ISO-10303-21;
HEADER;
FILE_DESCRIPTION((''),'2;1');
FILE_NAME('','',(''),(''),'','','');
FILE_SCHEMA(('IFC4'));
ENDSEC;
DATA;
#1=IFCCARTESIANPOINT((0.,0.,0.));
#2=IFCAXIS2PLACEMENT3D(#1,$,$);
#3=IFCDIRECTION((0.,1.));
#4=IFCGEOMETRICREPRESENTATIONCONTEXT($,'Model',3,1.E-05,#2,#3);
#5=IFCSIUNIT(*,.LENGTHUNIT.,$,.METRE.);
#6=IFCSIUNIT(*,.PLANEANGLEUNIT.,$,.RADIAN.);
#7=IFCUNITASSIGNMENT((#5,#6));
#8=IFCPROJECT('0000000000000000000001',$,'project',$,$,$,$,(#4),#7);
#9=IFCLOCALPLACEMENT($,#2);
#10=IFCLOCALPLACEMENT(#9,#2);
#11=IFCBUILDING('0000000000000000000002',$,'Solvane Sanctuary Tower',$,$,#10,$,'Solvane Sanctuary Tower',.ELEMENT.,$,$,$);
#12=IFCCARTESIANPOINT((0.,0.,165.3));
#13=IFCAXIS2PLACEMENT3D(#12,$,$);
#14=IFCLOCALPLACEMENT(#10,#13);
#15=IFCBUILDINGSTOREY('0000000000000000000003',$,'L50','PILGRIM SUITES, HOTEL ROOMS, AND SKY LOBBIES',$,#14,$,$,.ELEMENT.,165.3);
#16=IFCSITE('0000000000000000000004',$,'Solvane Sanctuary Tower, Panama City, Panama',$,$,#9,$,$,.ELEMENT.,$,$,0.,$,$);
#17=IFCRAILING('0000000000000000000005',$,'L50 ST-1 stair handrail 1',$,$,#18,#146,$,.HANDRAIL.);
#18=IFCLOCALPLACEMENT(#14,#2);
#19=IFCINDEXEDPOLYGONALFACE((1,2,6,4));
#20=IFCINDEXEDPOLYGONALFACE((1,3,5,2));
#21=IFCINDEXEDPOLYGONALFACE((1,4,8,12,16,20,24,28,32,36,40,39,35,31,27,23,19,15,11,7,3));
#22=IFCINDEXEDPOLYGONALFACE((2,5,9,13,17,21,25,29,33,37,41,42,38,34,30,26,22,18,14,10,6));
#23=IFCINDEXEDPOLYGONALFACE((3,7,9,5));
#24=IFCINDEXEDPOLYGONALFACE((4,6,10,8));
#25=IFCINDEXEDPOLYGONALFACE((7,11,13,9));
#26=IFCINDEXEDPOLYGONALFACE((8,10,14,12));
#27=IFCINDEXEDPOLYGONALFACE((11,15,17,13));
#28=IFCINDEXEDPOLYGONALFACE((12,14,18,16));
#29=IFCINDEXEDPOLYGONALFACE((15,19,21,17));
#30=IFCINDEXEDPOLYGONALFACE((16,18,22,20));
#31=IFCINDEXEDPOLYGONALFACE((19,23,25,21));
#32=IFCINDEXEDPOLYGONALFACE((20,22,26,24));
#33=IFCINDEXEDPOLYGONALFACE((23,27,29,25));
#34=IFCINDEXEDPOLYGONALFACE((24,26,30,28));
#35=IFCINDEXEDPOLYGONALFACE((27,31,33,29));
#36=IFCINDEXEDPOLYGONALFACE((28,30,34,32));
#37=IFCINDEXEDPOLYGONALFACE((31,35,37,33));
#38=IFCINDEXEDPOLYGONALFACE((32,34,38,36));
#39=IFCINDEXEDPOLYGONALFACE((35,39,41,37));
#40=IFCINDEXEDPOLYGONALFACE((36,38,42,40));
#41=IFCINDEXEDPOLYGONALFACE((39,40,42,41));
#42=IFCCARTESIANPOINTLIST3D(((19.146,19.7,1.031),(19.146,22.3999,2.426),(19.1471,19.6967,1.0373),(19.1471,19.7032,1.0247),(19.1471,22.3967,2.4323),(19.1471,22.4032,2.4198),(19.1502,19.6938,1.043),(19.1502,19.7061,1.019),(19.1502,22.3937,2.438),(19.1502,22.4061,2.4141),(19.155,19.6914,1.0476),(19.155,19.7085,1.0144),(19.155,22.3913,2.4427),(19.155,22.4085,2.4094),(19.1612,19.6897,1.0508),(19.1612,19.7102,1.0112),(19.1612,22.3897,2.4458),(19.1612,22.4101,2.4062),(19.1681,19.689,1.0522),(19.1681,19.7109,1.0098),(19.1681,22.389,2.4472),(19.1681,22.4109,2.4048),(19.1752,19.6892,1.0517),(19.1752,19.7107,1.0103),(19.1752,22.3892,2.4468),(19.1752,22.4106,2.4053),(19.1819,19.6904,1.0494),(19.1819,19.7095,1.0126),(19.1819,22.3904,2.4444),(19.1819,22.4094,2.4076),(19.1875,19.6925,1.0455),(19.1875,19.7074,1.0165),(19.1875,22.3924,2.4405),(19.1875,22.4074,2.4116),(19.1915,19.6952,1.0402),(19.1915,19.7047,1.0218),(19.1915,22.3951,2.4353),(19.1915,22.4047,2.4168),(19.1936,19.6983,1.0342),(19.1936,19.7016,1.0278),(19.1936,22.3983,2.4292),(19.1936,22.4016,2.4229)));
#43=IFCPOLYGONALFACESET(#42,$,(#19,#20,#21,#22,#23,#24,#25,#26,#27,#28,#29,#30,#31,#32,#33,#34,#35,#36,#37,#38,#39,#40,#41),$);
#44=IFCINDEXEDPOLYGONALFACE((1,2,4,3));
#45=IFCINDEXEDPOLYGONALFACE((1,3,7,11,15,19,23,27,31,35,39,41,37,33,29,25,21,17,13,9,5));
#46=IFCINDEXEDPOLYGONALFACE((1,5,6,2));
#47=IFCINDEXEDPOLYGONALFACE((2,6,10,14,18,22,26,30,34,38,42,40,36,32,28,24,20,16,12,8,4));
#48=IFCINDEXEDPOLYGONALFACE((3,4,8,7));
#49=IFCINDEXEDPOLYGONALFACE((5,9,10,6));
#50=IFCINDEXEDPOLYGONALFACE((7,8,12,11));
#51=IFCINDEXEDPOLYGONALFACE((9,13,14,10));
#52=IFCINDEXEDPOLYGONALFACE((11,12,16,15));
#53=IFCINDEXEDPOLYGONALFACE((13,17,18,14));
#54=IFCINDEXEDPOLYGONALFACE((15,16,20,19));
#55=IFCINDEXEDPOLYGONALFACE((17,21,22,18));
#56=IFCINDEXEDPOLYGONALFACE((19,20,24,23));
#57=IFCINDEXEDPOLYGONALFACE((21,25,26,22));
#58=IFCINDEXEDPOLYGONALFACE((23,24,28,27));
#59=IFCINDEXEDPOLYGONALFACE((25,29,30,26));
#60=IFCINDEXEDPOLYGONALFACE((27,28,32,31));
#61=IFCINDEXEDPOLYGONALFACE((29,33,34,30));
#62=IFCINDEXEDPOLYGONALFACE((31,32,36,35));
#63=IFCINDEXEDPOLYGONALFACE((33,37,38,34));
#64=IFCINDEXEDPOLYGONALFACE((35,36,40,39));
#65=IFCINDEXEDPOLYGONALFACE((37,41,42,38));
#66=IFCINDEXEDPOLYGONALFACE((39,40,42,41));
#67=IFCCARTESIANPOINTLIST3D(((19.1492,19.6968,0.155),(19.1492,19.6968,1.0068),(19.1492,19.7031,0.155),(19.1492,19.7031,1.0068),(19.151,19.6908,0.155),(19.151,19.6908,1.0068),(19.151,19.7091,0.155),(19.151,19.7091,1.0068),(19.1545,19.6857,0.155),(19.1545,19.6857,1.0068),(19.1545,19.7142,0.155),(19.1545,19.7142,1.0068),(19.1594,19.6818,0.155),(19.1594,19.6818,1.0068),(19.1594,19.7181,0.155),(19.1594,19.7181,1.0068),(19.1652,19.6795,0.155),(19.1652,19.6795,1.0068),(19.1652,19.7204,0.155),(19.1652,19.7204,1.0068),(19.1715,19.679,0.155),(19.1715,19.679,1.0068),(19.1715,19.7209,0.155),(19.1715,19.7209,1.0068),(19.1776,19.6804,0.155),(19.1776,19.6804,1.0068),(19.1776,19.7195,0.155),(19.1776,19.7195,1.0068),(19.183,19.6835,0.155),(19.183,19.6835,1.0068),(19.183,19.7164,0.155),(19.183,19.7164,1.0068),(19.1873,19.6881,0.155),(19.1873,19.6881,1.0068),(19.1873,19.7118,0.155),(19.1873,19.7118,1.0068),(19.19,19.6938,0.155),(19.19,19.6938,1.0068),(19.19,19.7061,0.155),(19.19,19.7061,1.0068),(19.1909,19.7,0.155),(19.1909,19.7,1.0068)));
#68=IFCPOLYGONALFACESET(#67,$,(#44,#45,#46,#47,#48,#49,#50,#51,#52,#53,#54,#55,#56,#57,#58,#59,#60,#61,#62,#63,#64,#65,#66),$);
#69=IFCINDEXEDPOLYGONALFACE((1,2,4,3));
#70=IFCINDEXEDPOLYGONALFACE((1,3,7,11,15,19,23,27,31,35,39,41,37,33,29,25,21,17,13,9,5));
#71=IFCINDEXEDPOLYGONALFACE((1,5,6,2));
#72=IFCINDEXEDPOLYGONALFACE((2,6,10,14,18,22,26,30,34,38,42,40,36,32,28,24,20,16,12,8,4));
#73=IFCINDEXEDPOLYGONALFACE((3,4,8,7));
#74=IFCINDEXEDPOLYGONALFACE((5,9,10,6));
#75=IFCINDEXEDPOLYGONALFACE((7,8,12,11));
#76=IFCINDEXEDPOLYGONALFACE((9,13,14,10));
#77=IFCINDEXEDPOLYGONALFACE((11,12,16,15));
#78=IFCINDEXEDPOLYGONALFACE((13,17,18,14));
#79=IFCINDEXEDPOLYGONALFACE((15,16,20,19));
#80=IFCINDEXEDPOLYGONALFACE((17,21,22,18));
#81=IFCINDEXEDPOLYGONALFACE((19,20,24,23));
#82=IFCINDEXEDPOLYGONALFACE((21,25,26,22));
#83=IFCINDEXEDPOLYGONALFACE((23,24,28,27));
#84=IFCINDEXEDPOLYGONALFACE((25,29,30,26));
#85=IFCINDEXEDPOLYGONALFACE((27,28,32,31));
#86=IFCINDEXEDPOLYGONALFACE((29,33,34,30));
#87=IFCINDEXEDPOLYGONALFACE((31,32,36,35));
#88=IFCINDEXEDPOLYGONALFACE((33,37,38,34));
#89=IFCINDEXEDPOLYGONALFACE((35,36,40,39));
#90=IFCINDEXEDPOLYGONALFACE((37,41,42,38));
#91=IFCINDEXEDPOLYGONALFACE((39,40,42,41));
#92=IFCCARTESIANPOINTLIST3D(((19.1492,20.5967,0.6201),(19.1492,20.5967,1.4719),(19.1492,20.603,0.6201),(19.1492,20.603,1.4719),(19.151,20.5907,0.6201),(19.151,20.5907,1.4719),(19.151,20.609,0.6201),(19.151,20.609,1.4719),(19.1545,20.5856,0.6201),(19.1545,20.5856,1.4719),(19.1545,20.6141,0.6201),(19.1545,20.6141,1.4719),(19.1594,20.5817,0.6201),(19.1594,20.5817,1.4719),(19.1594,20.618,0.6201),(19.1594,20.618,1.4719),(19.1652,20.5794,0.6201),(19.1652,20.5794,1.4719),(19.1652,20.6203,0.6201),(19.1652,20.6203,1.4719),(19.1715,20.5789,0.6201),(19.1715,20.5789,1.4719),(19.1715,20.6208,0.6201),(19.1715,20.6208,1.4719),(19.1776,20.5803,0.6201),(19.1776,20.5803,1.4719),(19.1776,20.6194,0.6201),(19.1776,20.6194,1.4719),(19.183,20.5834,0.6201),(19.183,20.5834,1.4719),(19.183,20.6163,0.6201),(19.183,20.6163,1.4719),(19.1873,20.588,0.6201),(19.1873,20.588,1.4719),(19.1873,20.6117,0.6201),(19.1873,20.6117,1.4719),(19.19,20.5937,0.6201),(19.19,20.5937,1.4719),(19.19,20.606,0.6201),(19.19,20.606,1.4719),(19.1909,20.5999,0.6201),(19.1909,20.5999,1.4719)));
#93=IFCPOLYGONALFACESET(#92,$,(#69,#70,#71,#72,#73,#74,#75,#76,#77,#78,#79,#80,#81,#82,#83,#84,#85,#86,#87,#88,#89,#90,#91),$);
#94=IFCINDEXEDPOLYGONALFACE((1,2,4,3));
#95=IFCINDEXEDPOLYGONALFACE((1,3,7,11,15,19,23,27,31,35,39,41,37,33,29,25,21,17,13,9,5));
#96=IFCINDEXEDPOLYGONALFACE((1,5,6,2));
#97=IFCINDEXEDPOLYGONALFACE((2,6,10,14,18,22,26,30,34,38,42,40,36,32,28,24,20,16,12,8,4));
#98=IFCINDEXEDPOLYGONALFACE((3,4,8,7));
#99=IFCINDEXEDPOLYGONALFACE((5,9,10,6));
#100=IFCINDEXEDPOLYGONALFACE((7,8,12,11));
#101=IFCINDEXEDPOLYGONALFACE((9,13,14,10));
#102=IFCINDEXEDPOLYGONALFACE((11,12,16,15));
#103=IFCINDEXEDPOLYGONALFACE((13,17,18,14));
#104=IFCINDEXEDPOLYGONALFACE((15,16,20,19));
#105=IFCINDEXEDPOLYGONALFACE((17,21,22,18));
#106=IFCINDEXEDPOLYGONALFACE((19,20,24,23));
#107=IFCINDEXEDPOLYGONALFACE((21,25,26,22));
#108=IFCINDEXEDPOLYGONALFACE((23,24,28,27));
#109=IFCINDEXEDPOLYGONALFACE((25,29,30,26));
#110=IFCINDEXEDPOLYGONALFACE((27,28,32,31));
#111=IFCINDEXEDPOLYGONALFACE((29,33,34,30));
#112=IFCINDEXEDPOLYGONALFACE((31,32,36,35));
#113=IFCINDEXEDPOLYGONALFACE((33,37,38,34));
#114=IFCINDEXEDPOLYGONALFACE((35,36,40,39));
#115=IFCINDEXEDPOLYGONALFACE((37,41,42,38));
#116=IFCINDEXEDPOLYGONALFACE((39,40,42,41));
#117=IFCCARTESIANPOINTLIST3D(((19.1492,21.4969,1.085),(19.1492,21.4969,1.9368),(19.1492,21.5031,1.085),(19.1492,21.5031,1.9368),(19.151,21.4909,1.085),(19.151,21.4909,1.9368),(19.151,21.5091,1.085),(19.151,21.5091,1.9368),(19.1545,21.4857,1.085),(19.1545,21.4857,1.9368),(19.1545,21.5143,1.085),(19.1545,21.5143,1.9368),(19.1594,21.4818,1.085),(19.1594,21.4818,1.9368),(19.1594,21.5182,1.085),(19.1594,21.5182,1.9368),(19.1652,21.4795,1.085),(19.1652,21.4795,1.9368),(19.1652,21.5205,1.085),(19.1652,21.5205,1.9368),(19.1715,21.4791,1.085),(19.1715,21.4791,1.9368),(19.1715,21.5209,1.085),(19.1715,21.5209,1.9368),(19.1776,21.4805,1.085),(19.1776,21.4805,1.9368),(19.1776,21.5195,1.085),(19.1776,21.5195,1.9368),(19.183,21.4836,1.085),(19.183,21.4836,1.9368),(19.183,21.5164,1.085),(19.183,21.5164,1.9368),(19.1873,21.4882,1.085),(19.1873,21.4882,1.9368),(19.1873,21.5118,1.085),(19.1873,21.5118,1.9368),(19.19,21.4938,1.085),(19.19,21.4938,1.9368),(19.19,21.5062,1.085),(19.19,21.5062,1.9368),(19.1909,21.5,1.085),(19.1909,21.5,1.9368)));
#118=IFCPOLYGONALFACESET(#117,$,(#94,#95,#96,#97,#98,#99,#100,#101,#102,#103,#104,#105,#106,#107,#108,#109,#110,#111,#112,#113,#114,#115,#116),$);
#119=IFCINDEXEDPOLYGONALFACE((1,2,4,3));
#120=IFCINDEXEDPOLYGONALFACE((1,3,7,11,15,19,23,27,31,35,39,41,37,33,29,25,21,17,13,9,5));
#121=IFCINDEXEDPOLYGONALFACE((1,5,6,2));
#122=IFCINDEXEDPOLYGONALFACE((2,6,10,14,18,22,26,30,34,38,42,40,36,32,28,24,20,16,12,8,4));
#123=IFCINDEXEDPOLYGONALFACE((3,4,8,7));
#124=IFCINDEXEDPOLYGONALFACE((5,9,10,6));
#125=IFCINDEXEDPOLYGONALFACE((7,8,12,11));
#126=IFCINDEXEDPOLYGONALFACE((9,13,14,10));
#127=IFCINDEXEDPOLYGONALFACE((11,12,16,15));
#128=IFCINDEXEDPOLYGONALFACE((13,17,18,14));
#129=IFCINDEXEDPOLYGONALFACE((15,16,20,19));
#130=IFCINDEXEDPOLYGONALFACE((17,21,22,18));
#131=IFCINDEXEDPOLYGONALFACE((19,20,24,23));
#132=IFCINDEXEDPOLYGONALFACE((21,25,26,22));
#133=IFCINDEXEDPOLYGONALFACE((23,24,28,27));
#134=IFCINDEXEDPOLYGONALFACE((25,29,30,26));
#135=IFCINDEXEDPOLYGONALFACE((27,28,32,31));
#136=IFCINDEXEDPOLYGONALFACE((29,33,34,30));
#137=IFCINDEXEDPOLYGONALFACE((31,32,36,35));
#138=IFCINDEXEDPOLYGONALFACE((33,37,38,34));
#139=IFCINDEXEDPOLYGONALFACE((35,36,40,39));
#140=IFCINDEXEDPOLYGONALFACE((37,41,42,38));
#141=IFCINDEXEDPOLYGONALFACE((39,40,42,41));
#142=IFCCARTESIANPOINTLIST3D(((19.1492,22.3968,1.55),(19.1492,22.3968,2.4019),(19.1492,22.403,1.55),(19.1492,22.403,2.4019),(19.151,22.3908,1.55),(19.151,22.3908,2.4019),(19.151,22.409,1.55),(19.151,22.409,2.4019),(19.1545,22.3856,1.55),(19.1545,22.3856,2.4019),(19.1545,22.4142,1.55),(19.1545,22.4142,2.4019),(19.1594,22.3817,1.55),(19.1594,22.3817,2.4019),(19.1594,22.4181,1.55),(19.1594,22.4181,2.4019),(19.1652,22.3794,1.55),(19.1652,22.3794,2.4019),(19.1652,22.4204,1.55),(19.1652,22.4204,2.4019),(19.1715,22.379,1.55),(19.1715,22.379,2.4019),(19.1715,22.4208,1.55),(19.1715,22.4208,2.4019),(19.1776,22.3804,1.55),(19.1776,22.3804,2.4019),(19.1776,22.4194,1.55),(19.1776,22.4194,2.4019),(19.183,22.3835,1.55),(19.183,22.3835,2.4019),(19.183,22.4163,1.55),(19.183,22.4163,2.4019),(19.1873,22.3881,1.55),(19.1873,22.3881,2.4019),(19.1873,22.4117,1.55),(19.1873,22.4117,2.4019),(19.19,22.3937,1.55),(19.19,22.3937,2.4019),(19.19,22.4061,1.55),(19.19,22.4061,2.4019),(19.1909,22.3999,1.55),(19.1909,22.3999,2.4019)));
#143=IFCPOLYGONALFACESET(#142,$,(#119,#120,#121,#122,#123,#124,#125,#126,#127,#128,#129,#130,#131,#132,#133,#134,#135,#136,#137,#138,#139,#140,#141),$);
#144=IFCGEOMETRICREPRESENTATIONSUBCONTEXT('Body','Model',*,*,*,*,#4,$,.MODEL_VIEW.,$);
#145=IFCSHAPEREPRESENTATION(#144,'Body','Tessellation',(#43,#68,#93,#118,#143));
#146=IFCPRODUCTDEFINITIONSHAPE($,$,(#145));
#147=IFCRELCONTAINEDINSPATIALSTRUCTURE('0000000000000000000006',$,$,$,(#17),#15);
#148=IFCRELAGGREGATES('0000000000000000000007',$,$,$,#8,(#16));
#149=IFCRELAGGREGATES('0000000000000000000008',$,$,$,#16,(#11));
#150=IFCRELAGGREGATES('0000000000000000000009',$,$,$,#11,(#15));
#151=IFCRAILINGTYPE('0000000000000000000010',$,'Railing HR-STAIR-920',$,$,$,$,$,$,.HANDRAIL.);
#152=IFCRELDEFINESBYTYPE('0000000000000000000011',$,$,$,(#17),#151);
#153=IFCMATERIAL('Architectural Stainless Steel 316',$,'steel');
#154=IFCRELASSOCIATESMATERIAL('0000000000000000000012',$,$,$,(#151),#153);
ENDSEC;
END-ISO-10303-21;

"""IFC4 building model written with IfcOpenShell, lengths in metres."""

from ifc_helpers import new_model, si_unit, direction, frame, origin, origin_2d, place, context, subcontext, project, spatial, circle, extrude, material, type_object, element, save


model = new_model("IFC4")

# Units and contexts
model_context = context("Model", 3, precision=1e-05, world=origin(), true_north=direction((0.0, 1.0)))
body_context = subcontext(model_context, "Body", "Model", "MODEL_VIEW")
ifc_project = project(units=[si_unit("LENGTHUNIT", "METRE"), si_unit("PLANEANGLEUNIT", "RADIAN")], contexts=[model_context])

# Site, building, storey
site_placement = place(None, origin())
site = spatial("IfcSite", under=ifc_project, at=site_placement, Name="Solvane Sanctuary Tower, Panama City, Panama", CompositionType="ELEMENT", RefElevation=0.0)
building_placement = place(site_placement, origin())
building = spatial("IfcBuilding", under=site, at=building_placement, Name="Solvane Sanctuary Tower", LongName="Solvane Sanctuary Tower", CompositionType="ELEMENT")
storey_placement = place(building_placement, frame((0.0, 0.0, 165.3)))
storey = spatial("IfcBuildingStorey", under=building, at=storey_placement, Name="L50", Description="PILGRIM SUITES, HOTEL ROOMS, AND SKY LOBBIES", CompositionType="ELEMENT", Elevation=165.3)

# Shared definitions
ifc_material_1 = material(Name="Architectural Stainless Steel 316", Category="steel")

# Railing
railing_type_1 = type_object("IfcRailingType", Name="Railing HR-STAIR-920", PredefinedType="HANDRAIL", material=ifc_material_1)
railing_1_placement = place(storey_placement, frame((19.1699, 19.7, 0.155)))
element("IfcRailing", 1, at=railing_1_placement, inside=storey, type_object=railing_type_1, Name="L50 ST-1 stair handrail 1", PredefinedType="HANDRAIL", context=body_context, shape_type="SweptSolid", body=[
    extrude(circle(Radius=0.0239, at=origin_2d()), frame((0.0, 0.0, 0.876), z_axis=(0.0, 0.88842, 0.459032), x_axis=(-1.0, 0.0, 0.0)), (0.0, 0.0, 1.0), 3.0391),
    extrude(circle(Radius=0.021, at=origin_2d()), origin(), (0.0, 0.0, 1.0), 0.8518),
    extrude(circle(Radius=0.021, at=origin_2d()), frame((0.0, 0.8999, 0.4651)), (0.0, 0.0, 1.0), 0.8518),
    extrude(circle(Radius=0.021, at=origin_2d()), frame((0.0, 1.8, 0.9299)), (0.0, 0.0, 1.0), 0.8518),
    extrude(circle(Radius=0.021, at=origin_2d()), frame((0.0, 2.7, 1.395)), (0.0, 0.0, 1.0), 0.8518),
])

save(model, "model.ifc")
